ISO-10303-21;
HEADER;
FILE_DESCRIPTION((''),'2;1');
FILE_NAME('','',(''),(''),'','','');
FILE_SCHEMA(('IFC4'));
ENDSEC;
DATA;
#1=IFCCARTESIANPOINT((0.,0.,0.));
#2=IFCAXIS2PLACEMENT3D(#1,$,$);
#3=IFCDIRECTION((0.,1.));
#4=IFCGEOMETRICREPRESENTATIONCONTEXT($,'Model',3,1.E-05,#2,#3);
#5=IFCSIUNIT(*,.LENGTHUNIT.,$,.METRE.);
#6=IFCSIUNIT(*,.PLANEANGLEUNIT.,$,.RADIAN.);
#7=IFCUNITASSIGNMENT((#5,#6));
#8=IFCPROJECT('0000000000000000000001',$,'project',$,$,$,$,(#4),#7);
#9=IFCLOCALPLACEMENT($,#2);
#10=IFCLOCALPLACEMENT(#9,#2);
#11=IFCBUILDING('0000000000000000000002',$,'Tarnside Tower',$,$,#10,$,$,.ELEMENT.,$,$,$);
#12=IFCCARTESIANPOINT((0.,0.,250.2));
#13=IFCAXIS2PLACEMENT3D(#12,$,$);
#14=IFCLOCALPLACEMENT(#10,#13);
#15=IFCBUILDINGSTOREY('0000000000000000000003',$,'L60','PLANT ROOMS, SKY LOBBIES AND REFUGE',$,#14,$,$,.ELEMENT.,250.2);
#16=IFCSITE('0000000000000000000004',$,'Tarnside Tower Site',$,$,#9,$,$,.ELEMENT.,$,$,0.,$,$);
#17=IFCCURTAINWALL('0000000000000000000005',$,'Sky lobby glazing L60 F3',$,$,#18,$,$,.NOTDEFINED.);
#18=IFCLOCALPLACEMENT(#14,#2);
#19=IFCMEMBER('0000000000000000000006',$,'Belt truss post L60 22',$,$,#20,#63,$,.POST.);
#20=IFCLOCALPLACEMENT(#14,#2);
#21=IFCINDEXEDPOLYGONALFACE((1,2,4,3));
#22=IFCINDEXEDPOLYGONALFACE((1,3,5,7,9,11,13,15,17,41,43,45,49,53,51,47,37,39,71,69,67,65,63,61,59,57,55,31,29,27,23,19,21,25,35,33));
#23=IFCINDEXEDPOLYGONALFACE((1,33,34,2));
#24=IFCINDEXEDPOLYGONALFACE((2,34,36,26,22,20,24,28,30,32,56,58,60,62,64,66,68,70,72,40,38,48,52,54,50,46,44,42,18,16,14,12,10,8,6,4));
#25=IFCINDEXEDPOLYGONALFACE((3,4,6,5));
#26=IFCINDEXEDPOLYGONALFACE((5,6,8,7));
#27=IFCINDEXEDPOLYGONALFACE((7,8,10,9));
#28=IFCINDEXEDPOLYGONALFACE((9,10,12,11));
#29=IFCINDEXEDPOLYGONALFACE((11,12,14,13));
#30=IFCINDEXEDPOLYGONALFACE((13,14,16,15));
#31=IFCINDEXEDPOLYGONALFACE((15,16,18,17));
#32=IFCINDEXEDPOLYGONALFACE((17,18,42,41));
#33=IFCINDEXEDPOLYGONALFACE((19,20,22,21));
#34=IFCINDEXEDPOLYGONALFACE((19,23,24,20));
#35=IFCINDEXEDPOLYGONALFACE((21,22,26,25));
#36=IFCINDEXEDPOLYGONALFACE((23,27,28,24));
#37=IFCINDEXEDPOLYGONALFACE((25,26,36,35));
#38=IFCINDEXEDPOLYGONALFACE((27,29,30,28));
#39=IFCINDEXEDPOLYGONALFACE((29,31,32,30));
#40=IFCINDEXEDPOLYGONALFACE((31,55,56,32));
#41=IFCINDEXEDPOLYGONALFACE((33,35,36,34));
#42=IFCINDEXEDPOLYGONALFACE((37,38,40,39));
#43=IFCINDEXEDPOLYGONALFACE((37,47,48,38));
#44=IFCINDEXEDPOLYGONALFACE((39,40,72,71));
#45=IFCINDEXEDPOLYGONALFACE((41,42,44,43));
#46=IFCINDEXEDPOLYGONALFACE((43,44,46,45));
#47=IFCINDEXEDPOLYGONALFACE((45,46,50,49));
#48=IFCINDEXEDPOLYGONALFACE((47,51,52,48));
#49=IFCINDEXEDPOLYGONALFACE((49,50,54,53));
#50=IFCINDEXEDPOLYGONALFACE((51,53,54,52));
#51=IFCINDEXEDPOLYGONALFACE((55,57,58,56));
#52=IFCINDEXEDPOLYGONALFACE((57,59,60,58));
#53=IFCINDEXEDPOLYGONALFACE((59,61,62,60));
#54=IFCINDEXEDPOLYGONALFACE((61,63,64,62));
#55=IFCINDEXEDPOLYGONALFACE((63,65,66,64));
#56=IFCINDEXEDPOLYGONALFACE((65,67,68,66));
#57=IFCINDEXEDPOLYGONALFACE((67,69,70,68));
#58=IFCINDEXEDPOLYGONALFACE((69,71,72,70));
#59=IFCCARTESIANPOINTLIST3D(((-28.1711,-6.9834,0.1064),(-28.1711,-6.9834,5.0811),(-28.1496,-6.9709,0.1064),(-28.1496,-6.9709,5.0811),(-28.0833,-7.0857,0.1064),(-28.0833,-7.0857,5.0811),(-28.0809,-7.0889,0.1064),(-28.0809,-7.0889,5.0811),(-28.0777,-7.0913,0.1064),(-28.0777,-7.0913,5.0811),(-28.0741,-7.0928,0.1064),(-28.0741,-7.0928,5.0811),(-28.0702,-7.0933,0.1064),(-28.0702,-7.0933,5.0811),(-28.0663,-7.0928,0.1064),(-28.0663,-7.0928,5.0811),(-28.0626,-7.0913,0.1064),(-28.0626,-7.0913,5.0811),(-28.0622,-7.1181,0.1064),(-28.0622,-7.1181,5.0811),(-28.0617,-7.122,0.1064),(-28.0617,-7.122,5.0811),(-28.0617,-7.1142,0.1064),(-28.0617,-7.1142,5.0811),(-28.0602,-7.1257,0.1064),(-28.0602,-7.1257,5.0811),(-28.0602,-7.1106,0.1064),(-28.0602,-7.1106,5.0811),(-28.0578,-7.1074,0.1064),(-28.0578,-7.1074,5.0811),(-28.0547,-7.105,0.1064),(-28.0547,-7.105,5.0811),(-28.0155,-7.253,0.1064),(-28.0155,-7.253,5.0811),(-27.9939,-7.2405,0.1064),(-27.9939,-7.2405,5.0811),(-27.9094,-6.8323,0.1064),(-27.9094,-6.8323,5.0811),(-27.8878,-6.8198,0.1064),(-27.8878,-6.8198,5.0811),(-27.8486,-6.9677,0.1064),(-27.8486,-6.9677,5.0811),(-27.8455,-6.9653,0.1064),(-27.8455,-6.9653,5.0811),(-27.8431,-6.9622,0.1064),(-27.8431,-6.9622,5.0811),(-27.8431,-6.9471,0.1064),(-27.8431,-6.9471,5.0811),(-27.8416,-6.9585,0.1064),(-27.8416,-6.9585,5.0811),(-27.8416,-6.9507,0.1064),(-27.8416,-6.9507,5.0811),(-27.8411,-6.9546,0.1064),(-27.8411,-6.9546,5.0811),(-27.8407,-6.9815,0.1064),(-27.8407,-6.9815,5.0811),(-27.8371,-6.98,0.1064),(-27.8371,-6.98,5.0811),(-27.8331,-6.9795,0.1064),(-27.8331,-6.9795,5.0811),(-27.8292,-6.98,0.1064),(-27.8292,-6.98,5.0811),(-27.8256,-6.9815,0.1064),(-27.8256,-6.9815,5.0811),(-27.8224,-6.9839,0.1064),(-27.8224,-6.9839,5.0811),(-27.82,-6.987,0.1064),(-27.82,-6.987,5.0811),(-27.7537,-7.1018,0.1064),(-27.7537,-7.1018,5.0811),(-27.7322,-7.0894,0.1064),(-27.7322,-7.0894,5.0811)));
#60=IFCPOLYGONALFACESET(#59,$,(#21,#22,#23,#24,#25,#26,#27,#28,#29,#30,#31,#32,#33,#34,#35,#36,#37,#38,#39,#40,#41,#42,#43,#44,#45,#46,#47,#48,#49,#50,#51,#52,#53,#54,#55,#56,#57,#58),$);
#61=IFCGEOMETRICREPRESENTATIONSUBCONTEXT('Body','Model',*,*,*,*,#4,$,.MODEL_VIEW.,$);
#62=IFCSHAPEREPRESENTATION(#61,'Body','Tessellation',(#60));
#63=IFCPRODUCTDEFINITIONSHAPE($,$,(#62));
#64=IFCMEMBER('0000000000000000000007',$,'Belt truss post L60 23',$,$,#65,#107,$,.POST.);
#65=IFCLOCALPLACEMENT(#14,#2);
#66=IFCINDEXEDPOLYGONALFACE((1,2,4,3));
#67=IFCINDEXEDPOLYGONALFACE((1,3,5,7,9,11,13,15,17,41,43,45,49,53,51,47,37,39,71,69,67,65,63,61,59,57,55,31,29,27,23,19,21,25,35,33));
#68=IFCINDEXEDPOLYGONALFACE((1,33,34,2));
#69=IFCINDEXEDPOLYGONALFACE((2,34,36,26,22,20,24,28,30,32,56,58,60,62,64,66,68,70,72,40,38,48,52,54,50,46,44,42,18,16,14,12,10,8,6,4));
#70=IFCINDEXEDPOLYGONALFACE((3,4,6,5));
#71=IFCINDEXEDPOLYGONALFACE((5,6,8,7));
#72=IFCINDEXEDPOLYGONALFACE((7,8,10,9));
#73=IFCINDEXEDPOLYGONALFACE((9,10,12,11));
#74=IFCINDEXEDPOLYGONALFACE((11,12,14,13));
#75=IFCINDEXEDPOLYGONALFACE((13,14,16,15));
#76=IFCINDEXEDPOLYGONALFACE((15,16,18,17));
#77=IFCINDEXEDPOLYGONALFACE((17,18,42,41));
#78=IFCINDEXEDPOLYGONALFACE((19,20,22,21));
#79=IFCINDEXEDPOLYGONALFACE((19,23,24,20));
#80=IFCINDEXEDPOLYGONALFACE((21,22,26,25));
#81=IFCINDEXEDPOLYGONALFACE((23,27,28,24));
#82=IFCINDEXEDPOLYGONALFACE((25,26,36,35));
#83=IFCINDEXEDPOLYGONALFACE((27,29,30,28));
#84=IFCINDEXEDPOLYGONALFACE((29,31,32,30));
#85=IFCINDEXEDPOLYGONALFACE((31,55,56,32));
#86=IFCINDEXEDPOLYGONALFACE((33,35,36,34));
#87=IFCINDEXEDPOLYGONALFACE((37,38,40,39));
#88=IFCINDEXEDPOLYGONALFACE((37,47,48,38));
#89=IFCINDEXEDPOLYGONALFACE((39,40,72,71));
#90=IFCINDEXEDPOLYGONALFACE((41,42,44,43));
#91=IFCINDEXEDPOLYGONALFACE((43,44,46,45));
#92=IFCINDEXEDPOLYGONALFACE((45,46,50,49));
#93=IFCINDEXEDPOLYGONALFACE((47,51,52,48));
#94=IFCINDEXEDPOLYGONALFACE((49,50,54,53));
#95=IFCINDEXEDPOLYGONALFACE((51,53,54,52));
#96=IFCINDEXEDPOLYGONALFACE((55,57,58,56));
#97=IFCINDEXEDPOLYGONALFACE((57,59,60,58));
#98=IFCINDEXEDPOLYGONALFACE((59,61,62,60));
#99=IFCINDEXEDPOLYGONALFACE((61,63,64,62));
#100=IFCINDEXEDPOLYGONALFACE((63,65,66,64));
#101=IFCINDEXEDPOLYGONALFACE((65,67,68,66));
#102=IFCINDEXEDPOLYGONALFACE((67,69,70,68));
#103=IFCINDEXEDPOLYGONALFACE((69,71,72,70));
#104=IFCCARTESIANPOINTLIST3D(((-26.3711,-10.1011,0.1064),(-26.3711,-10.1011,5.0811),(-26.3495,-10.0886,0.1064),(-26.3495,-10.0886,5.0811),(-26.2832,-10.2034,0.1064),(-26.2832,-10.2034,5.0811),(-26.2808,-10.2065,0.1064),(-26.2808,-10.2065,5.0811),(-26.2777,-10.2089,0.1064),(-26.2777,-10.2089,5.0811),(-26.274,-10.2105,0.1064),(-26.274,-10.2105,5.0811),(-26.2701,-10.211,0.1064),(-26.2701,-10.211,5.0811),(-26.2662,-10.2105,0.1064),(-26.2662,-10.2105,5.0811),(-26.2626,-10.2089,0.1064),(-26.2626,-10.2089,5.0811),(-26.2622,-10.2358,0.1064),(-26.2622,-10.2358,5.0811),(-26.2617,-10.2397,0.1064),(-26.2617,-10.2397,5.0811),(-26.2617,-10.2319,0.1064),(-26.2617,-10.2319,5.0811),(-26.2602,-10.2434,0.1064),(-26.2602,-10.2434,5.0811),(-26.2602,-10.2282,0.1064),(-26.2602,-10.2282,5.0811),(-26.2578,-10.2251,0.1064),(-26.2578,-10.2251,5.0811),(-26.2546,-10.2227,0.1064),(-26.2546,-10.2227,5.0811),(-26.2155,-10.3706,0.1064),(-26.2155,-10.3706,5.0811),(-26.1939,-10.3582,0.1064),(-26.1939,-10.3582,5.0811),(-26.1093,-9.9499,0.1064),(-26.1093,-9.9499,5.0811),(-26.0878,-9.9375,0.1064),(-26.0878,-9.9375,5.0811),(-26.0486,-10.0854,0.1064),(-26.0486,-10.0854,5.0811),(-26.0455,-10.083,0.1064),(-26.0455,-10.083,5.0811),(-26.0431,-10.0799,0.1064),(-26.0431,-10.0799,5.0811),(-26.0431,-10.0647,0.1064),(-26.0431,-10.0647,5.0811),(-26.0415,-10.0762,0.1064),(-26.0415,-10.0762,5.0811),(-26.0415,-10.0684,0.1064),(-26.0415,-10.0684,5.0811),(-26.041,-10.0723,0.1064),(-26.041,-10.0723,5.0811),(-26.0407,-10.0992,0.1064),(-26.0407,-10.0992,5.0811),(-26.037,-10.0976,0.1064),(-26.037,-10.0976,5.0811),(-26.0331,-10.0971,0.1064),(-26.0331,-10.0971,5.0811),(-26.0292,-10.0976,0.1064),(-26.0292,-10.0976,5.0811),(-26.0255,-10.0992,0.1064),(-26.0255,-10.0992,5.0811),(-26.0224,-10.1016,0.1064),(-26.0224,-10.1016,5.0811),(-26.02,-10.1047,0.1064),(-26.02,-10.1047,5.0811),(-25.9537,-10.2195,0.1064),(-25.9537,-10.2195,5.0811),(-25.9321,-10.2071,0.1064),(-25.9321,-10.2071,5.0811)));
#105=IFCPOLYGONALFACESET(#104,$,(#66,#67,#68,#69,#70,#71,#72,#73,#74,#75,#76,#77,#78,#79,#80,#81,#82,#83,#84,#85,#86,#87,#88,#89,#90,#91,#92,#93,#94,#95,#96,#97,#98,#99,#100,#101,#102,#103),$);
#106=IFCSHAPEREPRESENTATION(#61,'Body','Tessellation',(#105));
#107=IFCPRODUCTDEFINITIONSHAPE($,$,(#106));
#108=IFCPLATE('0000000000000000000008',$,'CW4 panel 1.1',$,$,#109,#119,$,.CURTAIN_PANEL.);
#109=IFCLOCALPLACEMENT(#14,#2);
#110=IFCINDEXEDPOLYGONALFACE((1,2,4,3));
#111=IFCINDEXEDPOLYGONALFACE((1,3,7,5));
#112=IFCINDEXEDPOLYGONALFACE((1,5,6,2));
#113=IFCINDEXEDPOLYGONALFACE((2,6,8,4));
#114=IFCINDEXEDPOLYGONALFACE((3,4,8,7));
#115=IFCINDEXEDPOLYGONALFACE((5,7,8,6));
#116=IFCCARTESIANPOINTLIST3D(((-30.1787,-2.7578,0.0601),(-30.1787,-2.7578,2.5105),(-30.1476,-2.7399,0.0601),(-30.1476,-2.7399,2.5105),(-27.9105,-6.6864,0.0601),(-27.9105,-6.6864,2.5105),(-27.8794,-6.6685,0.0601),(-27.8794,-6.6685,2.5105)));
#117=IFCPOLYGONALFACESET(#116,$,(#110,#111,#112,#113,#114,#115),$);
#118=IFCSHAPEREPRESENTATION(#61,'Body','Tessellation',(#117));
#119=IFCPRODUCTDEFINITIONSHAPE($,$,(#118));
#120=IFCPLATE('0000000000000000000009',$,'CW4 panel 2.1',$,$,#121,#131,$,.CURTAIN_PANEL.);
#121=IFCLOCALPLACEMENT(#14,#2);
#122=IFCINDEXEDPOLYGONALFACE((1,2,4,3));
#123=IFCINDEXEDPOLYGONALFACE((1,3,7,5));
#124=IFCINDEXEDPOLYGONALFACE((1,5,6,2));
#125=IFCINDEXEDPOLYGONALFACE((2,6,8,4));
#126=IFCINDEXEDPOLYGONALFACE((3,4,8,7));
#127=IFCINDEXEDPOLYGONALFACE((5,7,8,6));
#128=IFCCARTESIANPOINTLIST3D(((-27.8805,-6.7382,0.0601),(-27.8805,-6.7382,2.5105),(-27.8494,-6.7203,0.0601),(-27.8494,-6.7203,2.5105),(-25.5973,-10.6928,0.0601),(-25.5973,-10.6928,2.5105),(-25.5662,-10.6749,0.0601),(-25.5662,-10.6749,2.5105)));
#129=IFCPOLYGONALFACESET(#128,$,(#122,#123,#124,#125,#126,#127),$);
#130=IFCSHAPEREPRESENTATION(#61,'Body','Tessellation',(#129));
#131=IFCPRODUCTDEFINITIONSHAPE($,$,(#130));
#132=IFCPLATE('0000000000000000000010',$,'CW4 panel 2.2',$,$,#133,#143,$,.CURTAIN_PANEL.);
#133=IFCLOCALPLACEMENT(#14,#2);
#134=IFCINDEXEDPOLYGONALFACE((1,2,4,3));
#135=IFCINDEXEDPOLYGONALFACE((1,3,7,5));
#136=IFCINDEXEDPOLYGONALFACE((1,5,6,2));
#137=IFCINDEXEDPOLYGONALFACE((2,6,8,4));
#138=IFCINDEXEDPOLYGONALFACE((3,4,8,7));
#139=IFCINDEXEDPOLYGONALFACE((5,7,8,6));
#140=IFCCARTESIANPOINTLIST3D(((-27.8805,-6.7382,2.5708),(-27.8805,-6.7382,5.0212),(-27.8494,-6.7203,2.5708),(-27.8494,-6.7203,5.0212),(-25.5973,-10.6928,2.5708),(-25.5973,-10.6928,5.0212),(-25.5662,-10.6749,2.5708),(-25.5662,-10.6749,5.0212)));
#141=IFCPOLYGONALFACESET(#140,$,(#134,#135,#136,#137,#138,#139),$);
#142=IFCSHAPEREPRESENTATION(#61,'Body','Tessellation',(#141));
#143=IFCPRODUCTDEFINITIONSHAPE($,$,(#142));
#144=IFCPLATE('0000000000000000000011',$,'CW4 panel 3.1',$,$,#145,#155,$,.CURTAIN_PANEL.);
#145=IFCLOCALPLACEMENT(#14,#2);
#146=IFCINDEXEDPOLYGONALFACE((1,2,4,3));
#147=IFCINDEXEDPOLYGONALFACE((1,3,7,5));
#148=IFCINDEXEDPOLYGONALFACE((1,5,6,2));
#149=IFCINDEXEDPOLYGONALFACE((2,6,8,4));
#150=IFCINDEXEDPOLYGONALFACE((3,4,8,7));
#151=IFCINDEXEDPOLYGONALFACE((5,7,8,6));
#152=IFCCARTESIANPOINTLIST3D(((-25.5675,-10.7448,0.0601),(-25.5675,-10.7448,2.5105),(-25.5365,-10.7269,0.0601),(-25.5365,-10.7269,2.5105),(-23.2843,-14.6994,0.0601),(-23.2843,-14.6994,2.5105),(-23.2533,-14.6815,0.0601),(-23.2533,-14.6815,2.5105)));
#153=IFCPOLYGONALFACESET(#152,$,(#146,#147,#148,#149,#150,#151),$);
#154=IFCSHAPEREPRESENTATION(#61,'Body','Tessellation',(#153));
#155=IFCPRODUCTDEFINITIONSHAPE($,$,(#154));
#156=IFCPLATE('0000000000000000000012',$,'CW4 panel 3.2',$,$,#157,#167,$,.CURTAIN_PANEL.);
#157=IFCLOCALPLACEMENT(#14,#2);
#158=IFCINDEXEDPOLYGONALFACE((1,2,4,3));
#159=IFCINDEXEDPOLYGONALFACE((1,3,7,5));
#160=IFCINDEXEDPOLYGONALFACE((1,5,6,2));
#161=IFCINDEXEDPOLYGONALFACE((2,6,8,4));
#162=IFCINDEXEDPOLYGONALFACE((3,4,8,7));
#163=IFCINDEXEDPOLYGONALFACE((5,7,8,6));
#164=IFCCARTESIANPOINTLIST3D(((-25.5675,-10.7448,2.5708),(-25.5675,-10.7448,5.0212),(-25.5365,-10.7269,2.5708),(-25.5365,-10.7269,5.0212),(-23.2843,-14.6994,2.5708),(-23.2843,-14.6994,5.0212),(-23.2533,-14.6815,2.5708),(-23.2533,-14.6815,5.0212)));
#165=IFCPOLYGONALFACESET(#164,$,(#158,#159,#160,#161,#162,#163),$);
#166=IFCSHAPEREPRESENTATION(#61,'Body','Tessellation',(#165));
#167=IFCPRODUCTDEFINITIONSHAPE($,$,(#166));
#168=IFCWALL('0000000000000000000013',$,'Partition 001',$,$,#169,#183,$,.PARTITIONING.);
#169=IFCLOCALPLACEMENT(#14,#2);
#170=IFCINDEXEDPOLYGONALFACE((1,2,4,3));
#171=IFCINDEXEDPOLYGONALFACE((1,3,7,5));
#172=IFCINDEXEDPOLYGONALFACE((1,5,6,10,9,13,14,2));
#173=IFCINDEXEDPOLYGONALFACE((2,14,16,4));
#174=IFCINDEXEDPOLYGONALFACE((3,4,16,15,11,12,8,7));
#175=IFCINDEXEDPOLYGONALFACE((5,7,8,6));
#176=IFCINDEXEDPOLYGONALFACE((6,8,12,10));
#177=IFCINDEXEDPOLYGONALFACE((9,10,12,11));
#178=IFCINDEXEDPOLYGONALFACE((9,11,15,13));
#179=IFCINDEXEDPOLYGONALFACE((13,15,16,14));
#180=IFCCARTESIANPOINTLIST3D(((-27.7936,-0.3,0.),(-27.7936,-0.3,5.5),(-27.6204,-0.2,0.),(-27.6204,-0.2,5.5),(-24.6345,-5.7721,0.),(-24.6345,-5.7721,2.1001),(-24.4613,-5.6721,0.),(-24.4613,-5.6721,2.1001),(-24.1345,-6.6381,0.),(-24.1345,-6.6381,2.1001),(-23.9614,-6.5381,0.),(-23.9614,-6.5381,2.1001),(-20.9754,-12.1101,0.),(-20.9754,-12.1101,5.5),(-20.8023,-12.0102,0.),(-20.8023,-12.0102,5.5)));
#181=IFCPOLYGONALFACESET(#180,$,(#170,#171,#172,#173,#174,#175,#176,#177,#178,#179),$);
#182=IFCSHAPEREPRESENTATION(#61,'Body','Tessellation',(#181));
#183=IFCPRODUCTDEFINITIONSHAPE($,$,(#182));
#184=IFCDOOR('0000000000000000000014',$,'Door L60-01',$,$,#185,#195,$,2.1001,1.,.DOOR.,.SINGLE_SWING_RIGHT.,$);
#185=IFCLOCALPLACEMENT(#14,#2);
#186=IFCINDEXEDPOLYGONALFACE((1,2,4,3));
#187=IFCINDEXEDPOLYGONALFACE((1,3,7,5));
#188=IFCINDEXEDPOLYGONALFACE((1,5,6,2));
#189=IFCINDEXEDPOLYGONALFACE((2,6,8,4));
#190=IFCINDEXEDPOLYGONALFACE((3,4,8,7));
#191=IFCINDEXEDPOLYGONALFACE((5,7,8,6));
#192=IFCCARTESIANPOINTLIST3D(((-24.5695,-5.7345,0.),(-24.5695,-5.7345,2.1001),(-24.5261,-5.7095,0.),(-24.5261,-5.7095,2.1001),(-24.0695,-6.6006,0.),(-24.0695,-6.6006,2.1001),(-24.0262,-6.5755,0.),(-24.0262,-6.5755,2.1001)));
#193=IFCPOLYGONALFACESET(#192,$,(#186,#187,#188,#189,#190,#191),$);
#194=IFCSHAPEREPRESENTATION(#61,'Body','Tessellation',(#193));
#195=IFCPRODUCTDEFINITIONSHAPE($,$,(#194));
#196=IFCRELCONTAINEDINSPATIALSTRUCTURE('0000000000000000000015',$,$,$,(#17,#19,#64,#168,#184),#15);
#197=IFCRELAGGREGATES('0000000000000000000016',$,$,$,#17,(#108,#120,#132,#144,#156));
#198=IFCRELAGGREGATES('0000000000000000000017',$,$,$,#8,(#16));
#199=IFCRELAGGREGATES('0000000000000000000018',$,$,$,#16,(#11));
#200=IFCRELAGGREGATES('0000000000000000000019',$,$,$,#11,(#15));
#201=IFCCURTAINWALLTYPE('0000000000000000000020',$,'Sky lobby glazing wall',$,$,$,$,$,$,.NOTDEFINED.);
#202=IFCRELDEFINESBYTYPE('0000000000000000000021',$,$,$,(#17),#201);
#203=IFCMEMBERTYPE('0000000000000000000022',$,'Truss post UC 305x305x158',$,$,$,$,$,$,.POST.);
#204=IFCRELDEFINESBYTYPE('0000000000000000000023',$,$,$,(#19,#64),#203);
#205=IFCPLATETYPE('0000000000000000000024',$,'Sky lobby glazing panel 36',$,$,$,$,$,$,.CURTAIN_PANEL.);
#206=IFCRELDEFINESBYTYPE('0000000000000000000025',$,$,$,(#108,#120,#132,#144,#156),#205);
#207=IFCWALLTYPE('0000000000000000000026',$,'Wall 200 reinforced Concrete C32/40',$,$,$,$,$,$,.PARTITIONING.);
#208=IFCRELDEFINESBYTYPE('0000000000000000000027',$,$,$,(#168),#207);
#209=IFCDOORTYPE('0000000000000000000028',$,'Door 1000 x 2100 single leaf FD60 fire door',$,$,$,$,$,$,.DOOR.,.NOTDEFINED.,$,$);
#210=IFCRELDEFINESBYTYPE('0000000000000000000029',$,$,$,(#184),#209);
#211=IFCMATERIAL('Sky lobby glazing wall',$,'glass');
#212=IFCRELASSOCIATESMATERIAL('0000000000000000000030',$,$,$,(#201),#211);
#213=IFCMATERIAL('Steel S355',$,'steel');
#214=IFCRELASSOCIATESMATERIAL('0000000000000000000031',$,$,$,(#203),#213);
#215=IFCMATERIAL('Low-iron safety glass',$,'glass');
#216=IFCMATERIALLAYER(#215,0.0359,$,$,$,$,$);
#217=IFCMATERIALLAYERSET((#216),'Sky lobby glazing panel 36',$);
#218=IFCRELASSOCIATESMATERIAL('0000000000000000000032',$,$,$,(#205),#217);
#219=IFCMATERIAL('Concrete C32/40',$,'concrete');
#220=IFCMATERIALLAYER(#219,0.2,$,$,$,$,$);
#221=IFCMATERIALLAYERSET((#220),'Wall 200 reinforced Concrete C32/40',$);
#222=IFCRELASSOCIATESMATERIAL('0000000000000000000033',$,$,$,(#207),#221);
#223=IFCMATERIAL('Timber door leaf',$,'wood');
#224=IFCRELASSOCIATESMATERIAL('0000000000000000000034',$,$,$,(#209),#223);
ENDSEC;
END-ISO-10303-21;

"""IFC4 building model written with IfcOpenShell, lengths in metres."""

from ifc_helpers import new_model, si_unit, direction, frame, frame_2d, origin, origin_2d, place, context, subcontext, project, spatial, rectangle, i_section, extrude, material, layer, layer_set, material_profile, profile_set, type_object, element, fill, aggregate, save


model = new_model("IFC4")

# Units and contexts
model_context = context("Model", 3, precision=1e-05, world=origin(), true_north=direction((0.0, 1.0)))
body_context = subcontext(model_context, "Body", "Model", "MODEL_VIEW")
ifc_project = project(units=[si_unit("LENGTHUNIT", "METRE"), si_unit("PLANEANGLEUNIT", "RADIAN")], contexts=[model_context])

# Site, building, storey
site_placement = place(None, origin())
site = spatial("IfcSite", under=ifc_project, at=site_placement, Name="Tarnside Tower Site", CompositionType="ELEMENT", RefElevation=0.0)
building_placement = place(site_placement, origin())
building = spatial("IfcBuilding", under=site, at=building_placement, Name="Tarnside Tower", CompositionType="ELEMENT")
storey_placement = place(building_placement, frame((0.0, 0.0, 250.2)))
storey = spatial("IfcBuildingStorey", under=building, at=storey_placement, Name="L60", Description="PLANT ROOMS, SKY LOBBIES AND REFUGE", CompositionType="ELEMENT", Elevation=250.2)

# Shared definitions
ifc_material_1 = material(Name="Steel S355", Category="steel")

# Curtain wall
ifc_material_2 = material(Name="Sky lobby glazing wall", Category="glass")
curtain_wall_type = type_object("IfcCurtainWallType", Name="Sky lobby glazing wall", PredefinedType="NOTDEFINED", material=ifc_material_2)
curtain_wall_placement = place(storey_placement, origin())
curtain_wall = element("IfcCurtainWall", 1, at=curtain_wall_placement, inside=storey, type_object=curtain_wall_type, Name="Sky lobby glazing L60 F3", PredefinedType="NOTDEFINED")

# Members
ifc_material_profile_1 = material_profile(ifc_material_1, i_section(OverallWidth=0.3113, OverallDepth=0.3271, WebThickness=0.0159, FlangeThickness=0.0249, FilletRadius=0.0151, at=origin_2d()), Name="UC 305x305x158")
ifc_profile_set_1 = profile_set([ifc_material_profile_1], Name="Steel S355")
member_type_1 = type_object("IfcMemberType", Name="Truss post UC 305x305x158", PredefinedType="POST", material=ifc_profile_set_1)
for number, where, z_axis, x_axis, name in (
    (2, (-27.9517, -7.0364, 0.1064), (0.0, 0.0, 1.0), (0.5, -0.866025, 0.0), "Belt truss post L60 22"),
    (3, (-26.1516, -10.1541, 0.1064), (0.0, 0.0, 1.0), (0.5, -0.866025, 0.0), "Belt truss post L60 23"),
):
    element("IfcMember", number, at=place(storey_placement, frame(where, z_axis=z_axis, x_axis=x_axis)), inside=storey, type_object=member_type_1, Name=name, PredefinedType="POST", context=body_context, shape_type="SweptSolid", body=[
        extrude(i_section(OverallWidth=0.3113, OverallDepth=0.3271, WebThickness=0.0159, FlangeThickness=0.0249, FilletRadius=0.0151, at=origin_2d()), origin(), (0.0, 0.0, 1.0), 4.9746),
    ])

# Plates
ifc_material_3 = material(Name="Low-iron safety glass", Category="glass")
ifc_layer_1 = layer(ifc_material_3, 0.0359)
ifc_layer_set_1 = layer_set([ifc_layer_1], Name="Sky lobby glazing panel 36")
plate_type = type_object("IfcPlateType", Name="Sky lobby glazing panel 36", PredefinedType="CURTAIN_PANEL", material=ifc_layer_set_1)
plate_1_placement = place(storey_placement, frame((-29.0291, -4.7131, 0.0601), z_axis=(0.0, 0.0, 1.0), x_axis=(0.5, -0.866025, 0.0)))
plate_1 = element("IfcPlate", 4, at=plate_1_placement, type_object=plate_type, Name="CW4 panel 1.1", PredefinedType="CURTAIN_PANEL", context=body_context, shape_type="SweptSolid", body=[
    extrude(rectangle(XDim=4.5364, YDim=0.0359, at=origin_2d()), origin(), (0.0, 0.0, 1.0), 2.4504),
])
plate_2_placement = place(storey_placement, frame((-26.7234, -8.7065, 0.0601), z_axis=(0.0, 0.0, 1.0), x_axis=(0.5, -0.866025, 0.0)))
plate_2 = element("IfcPlate", 5, at=plate_2_placement, type_object=plate_type, Name="CW4 panel 2.1", PredefinedType="CURTAIN_PANEL", context=body_context, shape_type="SweptSolid", body=[
    extrude(rectangle(XDim=4.5664, YDim=0.0359, at=origin_2d()), origin(), (0.0, 0.0, 1.0), 2.4504),
])
plate_3_placement = place(storey_placement, frame((-26.7234, -8.7065, 2.5708), z_axis=(0.0, 0.0, 1.0), x_axis=(0.5, -0.866025, 0.0)))
plate_3 = element("IfcPlate", 6, at=plate_3_placement, type_object=plate_type, Name="CW4 panel 2.2", PredefinedType="CURTAIN_PANEL", context=body_context, shape_type="SweptSolid", body=[
    extrude(rectangle(XDim=4.5664, YDim=0.0359, at=origin_2d()), origin(), (0.0, 0.0, 1.0), 2.4504),
])
plate_4_placement = place(storey_placement, frame((-24.4104, -12.7131, 0.0601), z_axis=(0.0, 0.0, 1.0), x_axis=(0.5, -0.866025, 0.0)))
plate_4 = element("IfcPlate", 7, at=plate_4_placement, type_object=plate_type, Name="CW4 panel 3.1", PredefinedType="CURTAIN_PANEL", context=body_context, shape_type="SweptSolid", body=[
    extrude(rectangle(XDim=4.5664, YDim=0.0359, at=origin_2d()), origin(), (0.0, 0.0, 1.0), 2.4504),
])
plate_5_placement = place(storey_placement, frame((-24.4104, -12.7131, 2.5708), z_axis=(0.0, 0.0, 1.0), x_axis=(0.5, -0.866025, 0.0)))
plate_5 = element("IfcPlate", 8, at=plate_5_placement, type_object=plate_type, Name="CW4 panel 3.2", PredefinedType="CURTAIN_PANEL", context=body_context, shape_type="SweptSolid", body=[
    extrude(rectangle(XDim=4.5664, YDim=0.0359, at=origin_2d()), origin(), (0.0, 0.0, 1.0), 2.4504),
])
aggregate(curtain_wall, [plate_1, plate_2, plate_3, plate_4, plate_5])

# Wall, opening, door
ifc_material_4 = material(Name="Concrete C32/40", Category="concrete")
ifc_layer_2 = layer(ifc_material_4, 0.2)
ifc_layer_set_2 = layer_set([ifc_layer_2], Name="Wall 200 reinforced Concrete C32/40")
wall_type = type_object("IfcWallType", Name="Wall 200 reinforced Concrete C32/40", PredefinedType="PARTITIONING", material=ifc_layer_set_2)
wall_placement = place(storey_placement, frame((-20.8889, -12.0601, 0.0), z_axis=(0.0, 0.0, 1.0), x_axis=(-0.499977, 0.866039, 0.0)))
wall = element("IfcWall", 9, at=wall_placement, inside=storey, type_object=wall_type, Name="Partition 001", PredefinedType="PARTITIONING", context=body_context, shape_type="SweptSolid", body=[
    extrude(rectangle(XDim=13.637, YDim=0.2, at=frame_2d((6.8184, 0.0))), origin(), (0.0, 0.0, 1.0), 5.5),
])
opening_placement = place(wall_placement, frame((6.3184, 0.0, 0.0)))
opening = element("IfcOpeningElement", 10, at=opening_placement, cuts=wall, PredefinedType="OPENING", context=body_context, shape_type="SweptSolid", body=[
    extrude(rectangle(XDim=1.0, YDim=2.1001, at=frame_2d((0.5, 1.05))), frame((0.0, 0.1099, 0.0), z_axis=(0.0, -1.0, 0.0), x_axis=(1.0, 0.0, 0.0)), (0.0, 0.0, 1.0), 0.22),
])
ifc_material_5 = material(Name="Timber door leaf", Category="wood")
door_type = type_object("IfcDoorType", Name="Door 1000 x 2100 single leaf FD60 fire door", OperationType="NOTDEFINED", PredefinedType="DOOR", material=ifc_material_5)
door_placement = place(opening_placement, origin())
door = element("IfcDoor", 11, at=door_placement, inside=storey, type_object=door_type, Name="Door L60-01", OperationType="SINGLE_SWING_RIGHT", OverallHeight=2.1001, OverallWidth=1.0, PredefinedType="DOOR", context=body_context, shape_type="SweptSolid", body=[
    extrude(rectangle(XDim=1.0, YDim=2.1001, at=frame_2d((0.5, 1.05))), frame((0.0, 0.0249, 0.0), z_axis=(0.0, -1.0, 0.0), x_axis=(1.0, 0.0, 0.0)), (0.0, 0.0, 1.0), 0.05),
])
fill(opening, door)

save(model, "model.ifc")
